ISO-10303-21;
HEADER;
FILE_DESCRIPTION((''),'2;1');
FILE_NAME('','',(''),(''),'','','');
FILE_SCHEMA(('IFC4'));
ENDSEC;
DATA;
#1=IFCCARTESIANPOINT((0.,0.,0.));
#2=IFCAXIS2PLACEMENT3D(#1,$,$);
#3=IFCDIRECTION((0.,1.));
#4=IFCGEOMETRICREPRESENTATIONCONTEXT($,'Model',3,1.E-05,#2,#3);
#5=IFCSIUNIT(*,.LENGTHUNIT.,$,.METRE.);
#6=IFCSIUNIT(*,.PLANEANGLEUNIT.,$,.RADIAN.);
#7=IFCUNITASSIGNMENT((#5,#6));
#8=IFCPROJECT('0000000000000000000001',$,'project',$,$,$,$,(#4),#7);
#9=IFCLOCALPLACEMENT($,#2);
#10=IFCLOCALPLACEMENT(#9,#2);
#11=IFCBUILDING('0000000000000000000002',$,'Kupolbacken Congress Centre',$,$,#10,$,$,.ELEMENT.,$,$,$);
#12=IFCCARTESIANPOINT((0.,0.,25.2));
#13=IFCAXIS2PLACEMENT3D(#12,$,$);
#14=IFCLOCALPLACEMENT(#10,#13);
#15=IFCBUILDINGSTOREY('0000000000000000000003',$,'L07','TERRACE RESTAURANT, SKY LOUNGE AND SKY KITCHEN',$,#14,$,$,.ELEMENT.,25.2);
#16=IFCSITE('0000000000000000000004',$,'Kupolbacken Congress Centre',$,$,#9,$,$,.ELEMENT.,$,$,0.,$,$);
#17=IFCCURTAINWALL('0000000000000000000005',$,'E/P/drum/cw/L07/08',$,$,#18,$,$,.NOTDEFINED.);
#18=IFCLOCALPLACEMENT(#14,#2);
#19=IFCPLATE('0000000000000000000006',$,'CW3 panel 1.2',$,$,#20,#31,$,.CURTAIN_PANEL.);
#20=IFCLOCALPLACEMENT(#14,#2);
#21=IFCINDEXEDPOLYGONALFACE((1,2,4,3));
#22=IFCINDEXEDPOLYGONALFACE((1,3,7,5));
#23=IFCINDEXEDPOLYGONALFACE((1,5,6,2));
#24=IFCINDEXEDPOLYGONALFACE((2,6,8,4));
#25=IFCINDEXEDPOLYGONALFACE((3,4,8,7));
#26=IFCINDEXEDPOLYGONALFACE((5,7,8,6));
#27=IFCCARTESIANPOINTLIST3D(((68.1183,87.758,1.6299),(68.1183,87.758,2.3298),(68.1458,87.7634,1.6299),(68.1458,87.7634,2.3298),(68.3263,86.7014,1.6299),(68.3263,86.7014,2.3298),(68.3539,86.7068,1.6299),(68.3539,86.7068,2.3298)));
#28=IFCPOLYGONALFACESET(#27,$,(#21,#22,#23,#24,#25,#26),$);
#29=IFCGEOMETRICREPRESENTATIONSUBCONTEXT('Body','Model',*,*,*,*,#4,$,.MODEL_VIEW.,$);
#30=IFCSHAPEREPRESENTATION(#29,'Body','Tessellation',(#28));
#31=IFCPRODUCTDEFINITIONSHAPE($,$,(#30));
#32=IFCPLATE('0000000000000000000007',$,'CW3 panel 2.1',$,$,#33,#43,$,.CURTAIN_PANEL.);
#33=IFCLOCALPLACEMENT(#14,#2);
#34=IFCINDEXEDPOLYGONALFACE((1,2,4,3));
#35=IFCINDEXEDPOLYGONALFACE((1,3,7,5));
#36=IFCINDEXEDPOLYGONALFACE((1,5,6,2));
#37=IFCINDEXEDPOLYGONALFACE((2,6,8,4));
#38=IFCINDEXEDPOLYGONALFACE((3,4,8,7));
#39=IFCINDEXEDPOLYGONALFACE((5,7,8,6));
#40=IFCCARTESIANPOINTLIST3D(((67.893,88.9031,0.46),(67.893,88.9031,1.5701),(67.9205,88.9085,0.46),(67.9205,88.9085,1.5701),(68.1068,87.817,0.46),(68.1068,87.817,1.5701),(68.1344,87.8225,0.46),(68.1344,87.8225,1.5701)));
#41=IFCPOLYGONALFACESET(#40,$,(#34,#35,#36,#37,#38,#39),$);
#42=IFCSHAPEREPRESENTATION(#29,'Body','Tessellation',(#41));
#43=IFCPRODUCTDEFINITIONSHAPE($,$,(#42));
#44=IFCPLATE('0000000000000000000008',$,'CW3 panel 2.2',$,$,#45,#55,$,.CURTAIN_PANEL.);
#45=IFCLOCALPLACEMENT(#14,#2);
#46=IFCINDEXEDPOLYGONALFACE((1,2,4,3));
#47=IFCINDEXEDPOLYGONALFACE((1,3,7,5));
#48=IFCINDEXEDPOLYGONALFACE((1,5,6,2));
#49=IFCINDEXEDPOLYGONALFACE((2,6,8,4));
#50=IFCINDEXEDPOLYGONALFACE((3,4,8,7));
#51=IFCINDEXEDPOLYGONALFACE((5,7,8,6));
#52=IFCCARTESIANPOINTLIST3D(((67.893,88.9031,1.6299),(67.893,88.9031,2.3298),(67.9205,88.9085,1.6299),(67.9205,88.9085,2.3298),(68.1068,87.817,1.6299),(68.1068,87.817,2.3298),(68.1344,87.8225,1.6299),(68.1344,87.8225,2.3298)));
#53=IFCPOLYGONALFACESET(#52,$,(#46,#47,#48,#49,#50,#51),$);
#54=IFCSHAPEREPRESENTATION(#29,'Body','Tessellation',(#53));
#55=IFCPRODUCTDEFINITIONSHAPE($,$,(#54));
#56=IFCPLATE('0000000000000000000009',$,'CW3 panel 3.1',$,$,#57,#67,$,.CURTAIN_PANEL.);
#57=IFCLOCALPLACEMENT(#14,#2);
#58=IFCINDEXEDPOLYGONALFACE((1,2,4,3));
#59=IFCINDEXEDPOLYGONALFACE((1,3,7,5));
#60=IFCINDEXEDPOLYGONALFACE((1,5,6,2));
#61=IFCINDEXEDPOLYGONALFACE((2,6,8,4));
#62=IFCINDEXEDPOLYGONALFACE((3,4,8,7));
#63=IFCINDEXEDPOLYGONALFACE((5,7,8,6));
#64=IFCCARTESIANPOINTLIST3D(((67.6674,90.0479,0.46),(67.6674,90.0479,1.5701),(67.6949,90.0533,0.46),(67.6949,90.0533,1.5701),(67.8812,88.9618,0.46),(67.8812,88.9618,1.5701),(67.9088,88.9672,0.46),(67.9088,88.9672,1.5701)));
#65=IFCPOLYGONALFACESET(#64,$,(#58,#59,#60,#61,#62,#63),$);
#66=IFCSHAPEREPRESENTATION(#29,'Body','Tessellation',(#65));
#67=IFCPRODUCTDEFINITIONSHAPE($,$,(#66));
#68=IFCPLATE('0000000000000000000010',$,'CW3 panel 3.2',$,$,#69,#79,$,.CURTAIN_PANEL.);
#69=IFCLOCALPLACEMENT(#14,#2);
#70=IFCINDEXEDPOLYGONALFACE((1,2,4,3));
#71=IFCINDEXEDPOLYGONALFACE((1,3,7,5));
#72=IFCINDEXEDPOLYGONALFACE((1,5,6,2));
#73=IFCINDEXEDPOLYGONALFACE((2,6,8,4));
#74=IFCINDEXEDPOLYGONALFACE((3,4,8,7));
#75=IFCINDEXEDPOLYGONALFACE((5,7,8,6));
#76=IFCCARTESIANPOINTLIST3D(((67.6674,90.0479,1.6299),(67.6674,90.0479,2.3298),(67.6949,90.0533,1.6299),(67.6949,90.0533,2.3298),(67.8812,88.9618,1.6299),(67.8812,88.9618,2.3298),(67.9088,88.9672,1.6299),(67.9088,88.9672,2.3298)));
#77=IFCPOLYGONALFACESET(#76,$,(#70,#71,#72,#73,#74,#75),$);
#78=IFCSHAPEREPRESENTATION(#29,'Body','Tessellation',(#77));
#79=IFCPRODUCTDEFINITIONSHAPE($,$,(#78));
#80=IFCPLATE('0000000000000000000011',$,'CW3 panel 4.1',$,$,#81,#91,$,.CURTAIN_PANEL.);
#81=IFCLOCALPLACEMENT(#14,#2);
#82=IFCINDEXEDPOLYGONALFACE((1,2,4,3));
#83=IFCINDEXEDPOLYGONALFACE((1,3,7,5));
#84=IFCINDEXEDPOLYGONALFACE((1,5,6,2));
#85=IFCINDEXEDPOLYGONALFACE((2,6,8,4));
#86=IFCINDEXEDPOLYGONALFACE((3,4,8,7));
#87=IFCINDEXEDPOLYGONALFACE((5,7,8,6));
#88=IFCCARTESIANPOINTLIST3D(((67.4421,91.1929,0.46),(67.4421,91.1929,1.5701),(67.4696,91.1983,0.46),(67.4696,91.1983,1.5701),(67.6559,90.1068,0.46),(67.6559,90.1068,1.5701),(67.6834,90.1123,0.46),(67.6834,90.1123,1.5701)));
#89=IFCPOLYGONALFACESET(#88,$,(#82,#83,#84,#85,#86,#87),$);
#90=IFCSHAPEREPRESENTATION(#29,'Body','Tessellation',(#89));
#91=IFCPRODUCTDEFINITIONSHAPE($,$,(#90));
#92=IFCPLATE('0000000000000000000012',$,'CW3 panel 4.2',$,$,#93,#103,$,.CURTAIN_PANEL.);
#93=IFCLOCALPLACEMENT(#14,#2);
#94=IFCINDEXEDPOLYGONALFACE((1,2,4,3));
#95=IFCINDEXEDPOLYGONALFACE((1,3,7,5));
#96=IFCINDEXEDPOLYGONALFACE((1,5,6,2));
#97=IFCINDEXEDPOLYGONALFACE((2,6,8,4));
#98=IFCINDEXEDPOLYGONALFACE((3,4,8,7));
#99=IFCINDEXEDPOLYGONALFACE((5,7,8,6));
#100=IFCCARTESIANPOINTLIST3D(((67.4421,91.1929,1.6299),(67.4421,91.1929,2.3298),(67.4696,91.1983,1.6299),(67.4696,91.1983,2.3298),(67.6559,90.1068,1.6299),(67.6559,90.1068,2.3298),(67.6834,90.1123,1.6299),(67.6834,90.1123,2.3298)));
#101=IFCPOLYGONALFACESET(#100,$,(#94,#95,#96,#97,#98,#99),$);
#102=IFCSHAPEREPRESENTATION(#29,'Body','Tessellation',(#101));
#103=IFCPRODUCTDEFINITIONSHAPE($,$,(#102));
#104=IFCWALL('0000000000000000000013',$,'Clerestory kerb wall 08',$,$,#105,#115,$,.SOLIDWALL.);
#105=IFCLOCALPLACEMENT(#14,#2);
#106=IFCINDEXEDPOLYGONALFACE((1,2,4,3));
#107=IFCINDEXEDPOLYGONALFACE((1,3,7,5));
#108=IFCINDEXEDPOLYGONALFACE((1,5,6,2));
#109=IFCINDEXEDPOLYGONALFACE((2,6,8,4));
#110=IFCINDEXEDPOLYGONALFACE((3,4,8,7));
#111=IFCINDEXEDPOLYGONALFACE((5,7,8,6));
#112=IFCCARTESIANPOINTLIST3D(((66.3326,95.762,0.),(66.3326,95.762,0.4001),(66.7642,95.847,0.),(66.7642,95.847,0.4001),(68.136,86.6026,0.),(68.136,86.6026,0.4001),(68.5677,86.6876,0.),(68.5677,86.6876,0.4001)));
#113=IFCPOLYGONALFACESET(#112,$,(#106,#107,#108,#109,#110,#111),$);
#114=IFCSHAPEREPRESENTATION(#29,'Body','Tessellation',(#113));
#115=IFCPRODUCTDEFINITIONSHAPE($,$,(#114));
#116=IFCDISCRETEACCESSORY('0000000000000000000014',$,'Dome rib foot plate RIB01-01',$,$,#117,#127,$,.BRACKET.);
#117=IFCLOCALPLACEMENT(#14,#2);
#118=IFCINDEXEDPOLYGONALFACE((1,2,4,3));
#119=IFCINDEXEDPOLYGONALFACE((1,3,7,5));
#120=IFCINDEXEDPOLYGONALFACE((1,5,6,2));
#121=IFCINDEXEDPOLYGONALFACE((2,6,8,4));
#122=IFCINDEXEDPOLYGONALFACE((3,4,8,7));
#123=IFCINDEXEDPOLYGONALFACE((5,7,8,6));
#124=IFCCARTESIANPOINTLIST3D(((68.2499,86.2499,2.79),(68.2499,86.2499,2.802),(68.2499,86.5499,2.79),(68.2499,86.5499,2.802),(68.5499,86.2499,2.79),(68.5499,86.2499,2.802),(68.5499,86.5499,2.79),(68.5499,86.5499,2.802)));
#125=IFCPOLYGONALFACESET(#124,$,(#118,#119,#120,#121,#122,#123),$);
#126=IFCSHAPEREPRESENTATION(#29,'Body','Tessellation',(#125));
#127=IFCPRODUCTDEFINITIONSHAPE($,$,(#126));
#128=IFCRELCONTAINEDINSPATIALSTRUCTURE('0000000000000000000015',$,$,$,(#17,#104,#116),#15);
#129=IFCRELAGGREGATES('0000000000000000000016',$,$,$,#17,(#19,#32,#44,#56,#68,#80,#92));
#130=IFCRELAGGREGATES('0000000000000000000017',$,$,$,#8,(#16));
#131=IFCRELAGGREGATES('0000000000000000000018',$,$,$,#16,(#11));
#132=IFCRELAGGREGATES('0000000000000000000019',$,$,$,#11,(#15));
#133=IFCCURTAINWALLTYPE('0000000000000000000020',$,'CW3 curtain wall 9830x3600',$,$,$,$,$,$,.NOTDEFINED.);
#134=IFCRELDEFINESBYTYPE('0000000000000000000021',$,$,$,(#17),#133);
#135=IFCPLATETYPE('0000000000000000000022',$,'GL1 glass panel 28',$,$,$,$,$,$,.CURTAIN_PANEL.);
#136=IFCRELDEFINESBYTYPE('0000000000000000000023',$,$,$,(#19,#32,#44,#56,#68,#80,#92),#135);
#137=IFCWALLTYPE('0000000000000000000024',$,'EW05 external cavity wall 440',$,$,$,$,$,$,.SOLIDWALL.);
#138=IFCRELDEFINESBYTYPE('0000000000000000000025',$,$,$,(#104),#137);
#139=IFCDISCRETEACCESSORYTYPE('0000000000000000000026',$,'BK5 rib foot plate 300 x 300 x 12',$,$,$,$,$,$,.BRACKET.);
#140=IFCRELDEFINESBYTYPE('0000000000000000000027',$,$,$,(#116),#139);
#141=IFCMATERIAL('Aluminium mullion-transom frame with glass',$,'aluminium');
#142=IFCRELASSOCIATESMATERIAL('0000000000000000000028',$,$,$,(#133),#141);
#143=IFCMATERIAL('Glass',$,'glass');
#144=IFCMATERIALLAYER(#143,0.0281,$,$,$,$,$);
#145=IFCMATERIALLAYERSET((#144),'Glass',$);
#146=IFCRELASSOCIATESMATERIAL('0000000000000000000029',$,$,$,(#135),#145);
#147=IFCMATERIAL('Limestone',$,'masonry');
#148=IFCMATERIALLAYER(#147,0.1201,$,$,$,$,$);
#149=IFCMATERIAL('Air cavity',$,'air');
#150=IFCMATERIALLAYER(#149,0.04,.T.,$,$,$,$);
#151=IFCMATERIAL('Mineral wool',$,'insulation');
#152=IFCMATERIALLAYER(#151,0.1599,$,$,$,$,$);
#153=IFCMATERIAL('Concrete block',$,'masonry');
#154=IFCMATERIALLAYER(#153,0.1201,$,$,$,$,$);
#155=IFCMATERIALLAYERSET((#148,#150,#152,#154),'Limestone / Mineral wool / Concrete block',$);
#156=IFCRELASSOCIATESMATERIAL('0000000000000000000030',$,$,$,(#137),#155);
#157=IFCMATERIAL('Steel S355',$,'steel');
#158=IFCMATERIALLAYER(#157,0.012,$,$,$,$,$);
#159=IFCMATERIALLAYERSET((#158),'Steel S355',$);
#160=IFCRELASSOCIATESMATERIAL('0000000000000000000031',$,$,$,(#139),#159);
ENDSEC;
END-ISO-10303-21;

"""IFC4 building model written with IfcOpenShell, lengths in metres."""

from ifc_helpers import new_model, si_unit, direction, frame, frame_2d, origin, origin_2d, place, context, subcontext, project, spatial, rectangle, extrude, material, layer, layer_set, type_object, element, aggregate, save


model = new_model("IFC4")

# Units and contexts
model_context = context("Model", 3, precision=1e-05, world=origin(), true_north=direction((0.0, 1.0)))
body_context = subcontext(model_context, "Body", "Model", "MODEL_VIEW")
ifc_project = project(units=[si_unit("LENGTHUNIT", "METRE"), si_unit("PLANEANGLEUNIT", "RADIAN")], contexts=[model_context])

# Site, building, storey
site_placement = place(None, origin())
site = spatial("IfcSite", under=ifc_project, at=site_placement, Name="Kupolbacken Congress Centre", CompositionType="ELEMENT", RefElevation=0.0)
building_placement = place(site_placement, origin())
building = spatial("IfcBuilding", under=site, at=building_placement, Name="Kupolbacken Congress Centre", CompositionType="ELEMENT")
storey_placement = place(building_placement, frame((0.0, 0.0, 25.2)))
storey = spatial("IfcBuildingStorey", under=building, at=storey_placement, Name="L07", Description="TERRACE RESTAURANT, SKY LOUNGE AND SKY KITCHEN", CompositionType="ELEMENT", Elevation=25.2)

# Curtain wall, plates
ifc_material_1 = material(Name="Aluminium mullion-transom frame with glass", Category="aluminium")
curtain_wall_type = type_object("IfcCurtainWallType", Name="CW3 curtain wall 9830x3600", PredefinedType="NOTDEFINED", material=ifc_material_1)
curtain_wall_placement = place(storey_placement, origin())
curtain_wall = element("IfcCurtainWall", 1, at=curtain_wall_placement, inside=storey, type_object=curtain_wall_type, Name="E/P/drum/cw/L07/08", PredefinedType="NOTDEFINED")
ifc_material_2 = material(Name="Glass", Category="glass")
ifc_layer_1 = layer(ifc_material_2, 0.0281)
ifc_layer_set_1 = layer_set([ifc_layer_1], Name="Glass")
plate_type = type_object("IfcPlateType", Name="GL1 glass panel 28", PredefinedType="CURTAIN_PANEL", material=ifc_layer_set_1)
plate_1_placement = place(storey_placement, frame((68.2361, 87.2324, 1.6299), z_axis=(0.0, 0.0, 1.0), x_axis=(-0.193182, 0.981163, 0.0)))
plate_1 = element("IfcPlate", 2, at=plate_1_placement, type_object=plate_type, Name="CW3 panel 1.2", PredefinedType="CURTAIN_PANEL", context=body_context, shape_type="SweptSolid", body=[
    extrude(rectangle(XDim=1.0769, YDim=0.0281, at=origin_2d()), origin(), (0.0, 0.0, 1.0), 0.7),
])
plate_2_placement = place(storey_placement, frame((68.0137, 88.3628, 0.46), z_axis=(0.0, 0.0, 1.0), x_axis=(-0.193182, 0.981163, 0.0)))
plate_2 = element("IfcPlate", 3, at=plate_2_placement, type_object=plate_type, Name="CW3 panel 2.1", PredefinedType="CURTAIN_PANEL", context=body_context, shape_type="SweptSolid", body=[
    extrude(rectangle(XDim=1.1069, YDim=0.0281, at=origin_2d()), origin(), (0.0, 0.0, 1.0), 1.1101),
])
plate_3_placement = place(storey_placement, frame((68.0137, 88.3628, 1.6299), z_axis=(0.0, 0.0, 1.0), x_axis=(-0.193182, 0.981163, 0.0)))
plate_3 = element("IfcPlate", 4, at=plate_3_placement, type_object=plate_type, Name="CW3 panel 2.2", PredefinedType="CURTAIN_PANEL", context=body_context, shape_type="SweptSolid", body=[
    extrude(rectangle(XDim=1.1069, YDim=0.0281, at=origin_2d()), origin(), (0.0, 0.0, 1.0), 0.7),
])
plate_4_placement = place(storey_placement, frame((67.7881, 89.5076, 0.46), z_axis=(0.0, 0.0, 1.0), x_axis=(-0.193182, 0.981163, 0.0)))
plate_4 = element("IfcPlate", 5, at=plate_4_placement, type_object=plate_type, Name="CW3 panel 3.1", PredefinedType="CURTAIN_PANEL", context=body_context, shape_type="SweptSolid", body=[
    extrude(rectangle(XDim=1.1069, YDim=0.0281, at=origin_2d()), origin(), (0.0, 0.0, 1.0), 1.1101),
])
plate_5_placement = place(storey_placement, frame((67.7881, 89.5076, 1.6299), z_axis=(0.0, 0.0, 1.0), x_axis=(-0.193182, 0.981163, 0.0)))
plate_5 = element("IfcPlate", 6, at=plate_5_placement, type_object=plate_type, Name="CW3 panel 3.2", PredefinedType="CURTAIN_PANEL", context=body_context, shape_type="SweptSolid", body=[
    extrude(rectangle(XDim=1.1069, YDim=0.0281, at=origin_2d()), origin(), (0.0, 0.0, 1.0), 0.7),
])
plate_6_placement = place(storey_placement, frame((67.5627, 90.6526, 0.46), z_axis=(0.0, 0.0, 1.0), x_axis=(-0.193182, 0.981163, 0.0)))
plate_6 = element("IfcPlate", 7, at=plate_6_placement, type_object=plate_type, Name="CW3 panel 4.1", PredefinedType="CURTAIN_PANEL", context=body_context, shape_type="SweptSolid", body=[
    extrude(rectangle(XDim=1.1069, YDim=0.0281, at=origin_2d()), origin(), (0.0, 0.0, 1.0), 1.1101),
])
plate_7_placement = place(storey_placement, frame((67.5627, 90.6526, 1.6299), z_axis=(0.0, 0.0, 1.0), x_axis=(-0.193182, 0.981163, 0.0)))
plate_7 = element("IfcPlate", 8, at=plate_7_placement, type_object=plate_type, Name="CW3 panel 4.2", PredefinedType="CURTAIN_PANEL", context=body_context, shape_type="SweptSolid", body=[
    extrude(rectangle(XDim=1.1069, YDim=0.0281, at=origin_2d()), origin(), (0.0, 0.0, 1.0), 0.7),
])
aggregate(curtain_wall, [plate_1, plate_2, plate_3, plate_4, plate_5, plate_6, plate_7])

# Wall
ifc_material_3 = material(Name="Limestone", Category="masonry")
ifc_layer_2 = layer(ifc_material_3, 0.1201)
ifc_material_4 = material(Name="Air cavity", Category="air")
ifc_layer_3 = layer(ifc_material_4, 0.04, ventilated=True)
ifc_material_5 = material(Name="Mineral wool", Category="insulation")
ifc_layer_4 = layer(ifc_material_5, 0.1599)
ifc_material_6 = material(Name="Concrete block", Category="masonry")
ifc_layer_5 = layer(ifc_material_6, 0.1201)
ifc_layer_set_2 = layer_set([ifc_layer_2, ifc_layer_3, ifc_layer_4, ifc_layer_5], Name="Limestone / Mineral wool / Concrete block")
wall_type = type_object("IfcWallType", Name="EW05 external cavity wall 440", PredefinedType="SOLIDWALL", material=ifc_layer_set_2)
wall_placement = place(storey_placement, frame((68.3518, 86.6453, 0.0), z_axis=(0.0, 0.0, 1.0), x_axis=(-0.193188, 0.981162, 0.0)))
element("IfcWall", 9, at=wall_placement, inside=storey, type_object=wall_type, Name="Clerestory kerb wall 08", PredefinedType="SOLIDWALL", context=body_context, shape_type="SweptSolid", body=[
    extrude(rectangle(XDim=9.3352, YDim=0.4399, at=frame_2d((4.6675, 0.0))), origin(), (0.0, 0.0, 1.0), 0.4001),
])

# Discrete accessory
ifc_material_7 = material(Name="Steel S355", Category="steel")
ifc_layer_6 = layer(ifc_material_7, 0.012)
ifc_layer_set_3 = layer_set([ifc_layer_6], Name="Steel S355")
discrete_accessory_type = type_object("IfcDiscreteAccessoryType", Name="BK5 rib foot plate 300 x 300 x 12", PredefinedType="BRACKET", material=ifc_layer_set_3)
discrete_accessory_placement = place(storey_placement, frame((68.3999, 86.3999, 2.79), z_axis=(0.0, 0.0, 1.0), x_axis=(1.0, 0.0, 0.0)))
element("IfcDiscreteAccessory", 10, at=discrete_accessory_placement, inside=storey, type_object=discrete_accessory_type, Name="Dome rib foot plate RIB01-01", PredefinedType="BRACKET", context=body_context, shape_type="SweptSolid", body=[
    extrude(rectangle(XDim=0.3, YDim=0.3, at=origin_2d()), origin(), (0.0, 0.0, 1.0), 0.012),
])

save(model, "model.ifc")
